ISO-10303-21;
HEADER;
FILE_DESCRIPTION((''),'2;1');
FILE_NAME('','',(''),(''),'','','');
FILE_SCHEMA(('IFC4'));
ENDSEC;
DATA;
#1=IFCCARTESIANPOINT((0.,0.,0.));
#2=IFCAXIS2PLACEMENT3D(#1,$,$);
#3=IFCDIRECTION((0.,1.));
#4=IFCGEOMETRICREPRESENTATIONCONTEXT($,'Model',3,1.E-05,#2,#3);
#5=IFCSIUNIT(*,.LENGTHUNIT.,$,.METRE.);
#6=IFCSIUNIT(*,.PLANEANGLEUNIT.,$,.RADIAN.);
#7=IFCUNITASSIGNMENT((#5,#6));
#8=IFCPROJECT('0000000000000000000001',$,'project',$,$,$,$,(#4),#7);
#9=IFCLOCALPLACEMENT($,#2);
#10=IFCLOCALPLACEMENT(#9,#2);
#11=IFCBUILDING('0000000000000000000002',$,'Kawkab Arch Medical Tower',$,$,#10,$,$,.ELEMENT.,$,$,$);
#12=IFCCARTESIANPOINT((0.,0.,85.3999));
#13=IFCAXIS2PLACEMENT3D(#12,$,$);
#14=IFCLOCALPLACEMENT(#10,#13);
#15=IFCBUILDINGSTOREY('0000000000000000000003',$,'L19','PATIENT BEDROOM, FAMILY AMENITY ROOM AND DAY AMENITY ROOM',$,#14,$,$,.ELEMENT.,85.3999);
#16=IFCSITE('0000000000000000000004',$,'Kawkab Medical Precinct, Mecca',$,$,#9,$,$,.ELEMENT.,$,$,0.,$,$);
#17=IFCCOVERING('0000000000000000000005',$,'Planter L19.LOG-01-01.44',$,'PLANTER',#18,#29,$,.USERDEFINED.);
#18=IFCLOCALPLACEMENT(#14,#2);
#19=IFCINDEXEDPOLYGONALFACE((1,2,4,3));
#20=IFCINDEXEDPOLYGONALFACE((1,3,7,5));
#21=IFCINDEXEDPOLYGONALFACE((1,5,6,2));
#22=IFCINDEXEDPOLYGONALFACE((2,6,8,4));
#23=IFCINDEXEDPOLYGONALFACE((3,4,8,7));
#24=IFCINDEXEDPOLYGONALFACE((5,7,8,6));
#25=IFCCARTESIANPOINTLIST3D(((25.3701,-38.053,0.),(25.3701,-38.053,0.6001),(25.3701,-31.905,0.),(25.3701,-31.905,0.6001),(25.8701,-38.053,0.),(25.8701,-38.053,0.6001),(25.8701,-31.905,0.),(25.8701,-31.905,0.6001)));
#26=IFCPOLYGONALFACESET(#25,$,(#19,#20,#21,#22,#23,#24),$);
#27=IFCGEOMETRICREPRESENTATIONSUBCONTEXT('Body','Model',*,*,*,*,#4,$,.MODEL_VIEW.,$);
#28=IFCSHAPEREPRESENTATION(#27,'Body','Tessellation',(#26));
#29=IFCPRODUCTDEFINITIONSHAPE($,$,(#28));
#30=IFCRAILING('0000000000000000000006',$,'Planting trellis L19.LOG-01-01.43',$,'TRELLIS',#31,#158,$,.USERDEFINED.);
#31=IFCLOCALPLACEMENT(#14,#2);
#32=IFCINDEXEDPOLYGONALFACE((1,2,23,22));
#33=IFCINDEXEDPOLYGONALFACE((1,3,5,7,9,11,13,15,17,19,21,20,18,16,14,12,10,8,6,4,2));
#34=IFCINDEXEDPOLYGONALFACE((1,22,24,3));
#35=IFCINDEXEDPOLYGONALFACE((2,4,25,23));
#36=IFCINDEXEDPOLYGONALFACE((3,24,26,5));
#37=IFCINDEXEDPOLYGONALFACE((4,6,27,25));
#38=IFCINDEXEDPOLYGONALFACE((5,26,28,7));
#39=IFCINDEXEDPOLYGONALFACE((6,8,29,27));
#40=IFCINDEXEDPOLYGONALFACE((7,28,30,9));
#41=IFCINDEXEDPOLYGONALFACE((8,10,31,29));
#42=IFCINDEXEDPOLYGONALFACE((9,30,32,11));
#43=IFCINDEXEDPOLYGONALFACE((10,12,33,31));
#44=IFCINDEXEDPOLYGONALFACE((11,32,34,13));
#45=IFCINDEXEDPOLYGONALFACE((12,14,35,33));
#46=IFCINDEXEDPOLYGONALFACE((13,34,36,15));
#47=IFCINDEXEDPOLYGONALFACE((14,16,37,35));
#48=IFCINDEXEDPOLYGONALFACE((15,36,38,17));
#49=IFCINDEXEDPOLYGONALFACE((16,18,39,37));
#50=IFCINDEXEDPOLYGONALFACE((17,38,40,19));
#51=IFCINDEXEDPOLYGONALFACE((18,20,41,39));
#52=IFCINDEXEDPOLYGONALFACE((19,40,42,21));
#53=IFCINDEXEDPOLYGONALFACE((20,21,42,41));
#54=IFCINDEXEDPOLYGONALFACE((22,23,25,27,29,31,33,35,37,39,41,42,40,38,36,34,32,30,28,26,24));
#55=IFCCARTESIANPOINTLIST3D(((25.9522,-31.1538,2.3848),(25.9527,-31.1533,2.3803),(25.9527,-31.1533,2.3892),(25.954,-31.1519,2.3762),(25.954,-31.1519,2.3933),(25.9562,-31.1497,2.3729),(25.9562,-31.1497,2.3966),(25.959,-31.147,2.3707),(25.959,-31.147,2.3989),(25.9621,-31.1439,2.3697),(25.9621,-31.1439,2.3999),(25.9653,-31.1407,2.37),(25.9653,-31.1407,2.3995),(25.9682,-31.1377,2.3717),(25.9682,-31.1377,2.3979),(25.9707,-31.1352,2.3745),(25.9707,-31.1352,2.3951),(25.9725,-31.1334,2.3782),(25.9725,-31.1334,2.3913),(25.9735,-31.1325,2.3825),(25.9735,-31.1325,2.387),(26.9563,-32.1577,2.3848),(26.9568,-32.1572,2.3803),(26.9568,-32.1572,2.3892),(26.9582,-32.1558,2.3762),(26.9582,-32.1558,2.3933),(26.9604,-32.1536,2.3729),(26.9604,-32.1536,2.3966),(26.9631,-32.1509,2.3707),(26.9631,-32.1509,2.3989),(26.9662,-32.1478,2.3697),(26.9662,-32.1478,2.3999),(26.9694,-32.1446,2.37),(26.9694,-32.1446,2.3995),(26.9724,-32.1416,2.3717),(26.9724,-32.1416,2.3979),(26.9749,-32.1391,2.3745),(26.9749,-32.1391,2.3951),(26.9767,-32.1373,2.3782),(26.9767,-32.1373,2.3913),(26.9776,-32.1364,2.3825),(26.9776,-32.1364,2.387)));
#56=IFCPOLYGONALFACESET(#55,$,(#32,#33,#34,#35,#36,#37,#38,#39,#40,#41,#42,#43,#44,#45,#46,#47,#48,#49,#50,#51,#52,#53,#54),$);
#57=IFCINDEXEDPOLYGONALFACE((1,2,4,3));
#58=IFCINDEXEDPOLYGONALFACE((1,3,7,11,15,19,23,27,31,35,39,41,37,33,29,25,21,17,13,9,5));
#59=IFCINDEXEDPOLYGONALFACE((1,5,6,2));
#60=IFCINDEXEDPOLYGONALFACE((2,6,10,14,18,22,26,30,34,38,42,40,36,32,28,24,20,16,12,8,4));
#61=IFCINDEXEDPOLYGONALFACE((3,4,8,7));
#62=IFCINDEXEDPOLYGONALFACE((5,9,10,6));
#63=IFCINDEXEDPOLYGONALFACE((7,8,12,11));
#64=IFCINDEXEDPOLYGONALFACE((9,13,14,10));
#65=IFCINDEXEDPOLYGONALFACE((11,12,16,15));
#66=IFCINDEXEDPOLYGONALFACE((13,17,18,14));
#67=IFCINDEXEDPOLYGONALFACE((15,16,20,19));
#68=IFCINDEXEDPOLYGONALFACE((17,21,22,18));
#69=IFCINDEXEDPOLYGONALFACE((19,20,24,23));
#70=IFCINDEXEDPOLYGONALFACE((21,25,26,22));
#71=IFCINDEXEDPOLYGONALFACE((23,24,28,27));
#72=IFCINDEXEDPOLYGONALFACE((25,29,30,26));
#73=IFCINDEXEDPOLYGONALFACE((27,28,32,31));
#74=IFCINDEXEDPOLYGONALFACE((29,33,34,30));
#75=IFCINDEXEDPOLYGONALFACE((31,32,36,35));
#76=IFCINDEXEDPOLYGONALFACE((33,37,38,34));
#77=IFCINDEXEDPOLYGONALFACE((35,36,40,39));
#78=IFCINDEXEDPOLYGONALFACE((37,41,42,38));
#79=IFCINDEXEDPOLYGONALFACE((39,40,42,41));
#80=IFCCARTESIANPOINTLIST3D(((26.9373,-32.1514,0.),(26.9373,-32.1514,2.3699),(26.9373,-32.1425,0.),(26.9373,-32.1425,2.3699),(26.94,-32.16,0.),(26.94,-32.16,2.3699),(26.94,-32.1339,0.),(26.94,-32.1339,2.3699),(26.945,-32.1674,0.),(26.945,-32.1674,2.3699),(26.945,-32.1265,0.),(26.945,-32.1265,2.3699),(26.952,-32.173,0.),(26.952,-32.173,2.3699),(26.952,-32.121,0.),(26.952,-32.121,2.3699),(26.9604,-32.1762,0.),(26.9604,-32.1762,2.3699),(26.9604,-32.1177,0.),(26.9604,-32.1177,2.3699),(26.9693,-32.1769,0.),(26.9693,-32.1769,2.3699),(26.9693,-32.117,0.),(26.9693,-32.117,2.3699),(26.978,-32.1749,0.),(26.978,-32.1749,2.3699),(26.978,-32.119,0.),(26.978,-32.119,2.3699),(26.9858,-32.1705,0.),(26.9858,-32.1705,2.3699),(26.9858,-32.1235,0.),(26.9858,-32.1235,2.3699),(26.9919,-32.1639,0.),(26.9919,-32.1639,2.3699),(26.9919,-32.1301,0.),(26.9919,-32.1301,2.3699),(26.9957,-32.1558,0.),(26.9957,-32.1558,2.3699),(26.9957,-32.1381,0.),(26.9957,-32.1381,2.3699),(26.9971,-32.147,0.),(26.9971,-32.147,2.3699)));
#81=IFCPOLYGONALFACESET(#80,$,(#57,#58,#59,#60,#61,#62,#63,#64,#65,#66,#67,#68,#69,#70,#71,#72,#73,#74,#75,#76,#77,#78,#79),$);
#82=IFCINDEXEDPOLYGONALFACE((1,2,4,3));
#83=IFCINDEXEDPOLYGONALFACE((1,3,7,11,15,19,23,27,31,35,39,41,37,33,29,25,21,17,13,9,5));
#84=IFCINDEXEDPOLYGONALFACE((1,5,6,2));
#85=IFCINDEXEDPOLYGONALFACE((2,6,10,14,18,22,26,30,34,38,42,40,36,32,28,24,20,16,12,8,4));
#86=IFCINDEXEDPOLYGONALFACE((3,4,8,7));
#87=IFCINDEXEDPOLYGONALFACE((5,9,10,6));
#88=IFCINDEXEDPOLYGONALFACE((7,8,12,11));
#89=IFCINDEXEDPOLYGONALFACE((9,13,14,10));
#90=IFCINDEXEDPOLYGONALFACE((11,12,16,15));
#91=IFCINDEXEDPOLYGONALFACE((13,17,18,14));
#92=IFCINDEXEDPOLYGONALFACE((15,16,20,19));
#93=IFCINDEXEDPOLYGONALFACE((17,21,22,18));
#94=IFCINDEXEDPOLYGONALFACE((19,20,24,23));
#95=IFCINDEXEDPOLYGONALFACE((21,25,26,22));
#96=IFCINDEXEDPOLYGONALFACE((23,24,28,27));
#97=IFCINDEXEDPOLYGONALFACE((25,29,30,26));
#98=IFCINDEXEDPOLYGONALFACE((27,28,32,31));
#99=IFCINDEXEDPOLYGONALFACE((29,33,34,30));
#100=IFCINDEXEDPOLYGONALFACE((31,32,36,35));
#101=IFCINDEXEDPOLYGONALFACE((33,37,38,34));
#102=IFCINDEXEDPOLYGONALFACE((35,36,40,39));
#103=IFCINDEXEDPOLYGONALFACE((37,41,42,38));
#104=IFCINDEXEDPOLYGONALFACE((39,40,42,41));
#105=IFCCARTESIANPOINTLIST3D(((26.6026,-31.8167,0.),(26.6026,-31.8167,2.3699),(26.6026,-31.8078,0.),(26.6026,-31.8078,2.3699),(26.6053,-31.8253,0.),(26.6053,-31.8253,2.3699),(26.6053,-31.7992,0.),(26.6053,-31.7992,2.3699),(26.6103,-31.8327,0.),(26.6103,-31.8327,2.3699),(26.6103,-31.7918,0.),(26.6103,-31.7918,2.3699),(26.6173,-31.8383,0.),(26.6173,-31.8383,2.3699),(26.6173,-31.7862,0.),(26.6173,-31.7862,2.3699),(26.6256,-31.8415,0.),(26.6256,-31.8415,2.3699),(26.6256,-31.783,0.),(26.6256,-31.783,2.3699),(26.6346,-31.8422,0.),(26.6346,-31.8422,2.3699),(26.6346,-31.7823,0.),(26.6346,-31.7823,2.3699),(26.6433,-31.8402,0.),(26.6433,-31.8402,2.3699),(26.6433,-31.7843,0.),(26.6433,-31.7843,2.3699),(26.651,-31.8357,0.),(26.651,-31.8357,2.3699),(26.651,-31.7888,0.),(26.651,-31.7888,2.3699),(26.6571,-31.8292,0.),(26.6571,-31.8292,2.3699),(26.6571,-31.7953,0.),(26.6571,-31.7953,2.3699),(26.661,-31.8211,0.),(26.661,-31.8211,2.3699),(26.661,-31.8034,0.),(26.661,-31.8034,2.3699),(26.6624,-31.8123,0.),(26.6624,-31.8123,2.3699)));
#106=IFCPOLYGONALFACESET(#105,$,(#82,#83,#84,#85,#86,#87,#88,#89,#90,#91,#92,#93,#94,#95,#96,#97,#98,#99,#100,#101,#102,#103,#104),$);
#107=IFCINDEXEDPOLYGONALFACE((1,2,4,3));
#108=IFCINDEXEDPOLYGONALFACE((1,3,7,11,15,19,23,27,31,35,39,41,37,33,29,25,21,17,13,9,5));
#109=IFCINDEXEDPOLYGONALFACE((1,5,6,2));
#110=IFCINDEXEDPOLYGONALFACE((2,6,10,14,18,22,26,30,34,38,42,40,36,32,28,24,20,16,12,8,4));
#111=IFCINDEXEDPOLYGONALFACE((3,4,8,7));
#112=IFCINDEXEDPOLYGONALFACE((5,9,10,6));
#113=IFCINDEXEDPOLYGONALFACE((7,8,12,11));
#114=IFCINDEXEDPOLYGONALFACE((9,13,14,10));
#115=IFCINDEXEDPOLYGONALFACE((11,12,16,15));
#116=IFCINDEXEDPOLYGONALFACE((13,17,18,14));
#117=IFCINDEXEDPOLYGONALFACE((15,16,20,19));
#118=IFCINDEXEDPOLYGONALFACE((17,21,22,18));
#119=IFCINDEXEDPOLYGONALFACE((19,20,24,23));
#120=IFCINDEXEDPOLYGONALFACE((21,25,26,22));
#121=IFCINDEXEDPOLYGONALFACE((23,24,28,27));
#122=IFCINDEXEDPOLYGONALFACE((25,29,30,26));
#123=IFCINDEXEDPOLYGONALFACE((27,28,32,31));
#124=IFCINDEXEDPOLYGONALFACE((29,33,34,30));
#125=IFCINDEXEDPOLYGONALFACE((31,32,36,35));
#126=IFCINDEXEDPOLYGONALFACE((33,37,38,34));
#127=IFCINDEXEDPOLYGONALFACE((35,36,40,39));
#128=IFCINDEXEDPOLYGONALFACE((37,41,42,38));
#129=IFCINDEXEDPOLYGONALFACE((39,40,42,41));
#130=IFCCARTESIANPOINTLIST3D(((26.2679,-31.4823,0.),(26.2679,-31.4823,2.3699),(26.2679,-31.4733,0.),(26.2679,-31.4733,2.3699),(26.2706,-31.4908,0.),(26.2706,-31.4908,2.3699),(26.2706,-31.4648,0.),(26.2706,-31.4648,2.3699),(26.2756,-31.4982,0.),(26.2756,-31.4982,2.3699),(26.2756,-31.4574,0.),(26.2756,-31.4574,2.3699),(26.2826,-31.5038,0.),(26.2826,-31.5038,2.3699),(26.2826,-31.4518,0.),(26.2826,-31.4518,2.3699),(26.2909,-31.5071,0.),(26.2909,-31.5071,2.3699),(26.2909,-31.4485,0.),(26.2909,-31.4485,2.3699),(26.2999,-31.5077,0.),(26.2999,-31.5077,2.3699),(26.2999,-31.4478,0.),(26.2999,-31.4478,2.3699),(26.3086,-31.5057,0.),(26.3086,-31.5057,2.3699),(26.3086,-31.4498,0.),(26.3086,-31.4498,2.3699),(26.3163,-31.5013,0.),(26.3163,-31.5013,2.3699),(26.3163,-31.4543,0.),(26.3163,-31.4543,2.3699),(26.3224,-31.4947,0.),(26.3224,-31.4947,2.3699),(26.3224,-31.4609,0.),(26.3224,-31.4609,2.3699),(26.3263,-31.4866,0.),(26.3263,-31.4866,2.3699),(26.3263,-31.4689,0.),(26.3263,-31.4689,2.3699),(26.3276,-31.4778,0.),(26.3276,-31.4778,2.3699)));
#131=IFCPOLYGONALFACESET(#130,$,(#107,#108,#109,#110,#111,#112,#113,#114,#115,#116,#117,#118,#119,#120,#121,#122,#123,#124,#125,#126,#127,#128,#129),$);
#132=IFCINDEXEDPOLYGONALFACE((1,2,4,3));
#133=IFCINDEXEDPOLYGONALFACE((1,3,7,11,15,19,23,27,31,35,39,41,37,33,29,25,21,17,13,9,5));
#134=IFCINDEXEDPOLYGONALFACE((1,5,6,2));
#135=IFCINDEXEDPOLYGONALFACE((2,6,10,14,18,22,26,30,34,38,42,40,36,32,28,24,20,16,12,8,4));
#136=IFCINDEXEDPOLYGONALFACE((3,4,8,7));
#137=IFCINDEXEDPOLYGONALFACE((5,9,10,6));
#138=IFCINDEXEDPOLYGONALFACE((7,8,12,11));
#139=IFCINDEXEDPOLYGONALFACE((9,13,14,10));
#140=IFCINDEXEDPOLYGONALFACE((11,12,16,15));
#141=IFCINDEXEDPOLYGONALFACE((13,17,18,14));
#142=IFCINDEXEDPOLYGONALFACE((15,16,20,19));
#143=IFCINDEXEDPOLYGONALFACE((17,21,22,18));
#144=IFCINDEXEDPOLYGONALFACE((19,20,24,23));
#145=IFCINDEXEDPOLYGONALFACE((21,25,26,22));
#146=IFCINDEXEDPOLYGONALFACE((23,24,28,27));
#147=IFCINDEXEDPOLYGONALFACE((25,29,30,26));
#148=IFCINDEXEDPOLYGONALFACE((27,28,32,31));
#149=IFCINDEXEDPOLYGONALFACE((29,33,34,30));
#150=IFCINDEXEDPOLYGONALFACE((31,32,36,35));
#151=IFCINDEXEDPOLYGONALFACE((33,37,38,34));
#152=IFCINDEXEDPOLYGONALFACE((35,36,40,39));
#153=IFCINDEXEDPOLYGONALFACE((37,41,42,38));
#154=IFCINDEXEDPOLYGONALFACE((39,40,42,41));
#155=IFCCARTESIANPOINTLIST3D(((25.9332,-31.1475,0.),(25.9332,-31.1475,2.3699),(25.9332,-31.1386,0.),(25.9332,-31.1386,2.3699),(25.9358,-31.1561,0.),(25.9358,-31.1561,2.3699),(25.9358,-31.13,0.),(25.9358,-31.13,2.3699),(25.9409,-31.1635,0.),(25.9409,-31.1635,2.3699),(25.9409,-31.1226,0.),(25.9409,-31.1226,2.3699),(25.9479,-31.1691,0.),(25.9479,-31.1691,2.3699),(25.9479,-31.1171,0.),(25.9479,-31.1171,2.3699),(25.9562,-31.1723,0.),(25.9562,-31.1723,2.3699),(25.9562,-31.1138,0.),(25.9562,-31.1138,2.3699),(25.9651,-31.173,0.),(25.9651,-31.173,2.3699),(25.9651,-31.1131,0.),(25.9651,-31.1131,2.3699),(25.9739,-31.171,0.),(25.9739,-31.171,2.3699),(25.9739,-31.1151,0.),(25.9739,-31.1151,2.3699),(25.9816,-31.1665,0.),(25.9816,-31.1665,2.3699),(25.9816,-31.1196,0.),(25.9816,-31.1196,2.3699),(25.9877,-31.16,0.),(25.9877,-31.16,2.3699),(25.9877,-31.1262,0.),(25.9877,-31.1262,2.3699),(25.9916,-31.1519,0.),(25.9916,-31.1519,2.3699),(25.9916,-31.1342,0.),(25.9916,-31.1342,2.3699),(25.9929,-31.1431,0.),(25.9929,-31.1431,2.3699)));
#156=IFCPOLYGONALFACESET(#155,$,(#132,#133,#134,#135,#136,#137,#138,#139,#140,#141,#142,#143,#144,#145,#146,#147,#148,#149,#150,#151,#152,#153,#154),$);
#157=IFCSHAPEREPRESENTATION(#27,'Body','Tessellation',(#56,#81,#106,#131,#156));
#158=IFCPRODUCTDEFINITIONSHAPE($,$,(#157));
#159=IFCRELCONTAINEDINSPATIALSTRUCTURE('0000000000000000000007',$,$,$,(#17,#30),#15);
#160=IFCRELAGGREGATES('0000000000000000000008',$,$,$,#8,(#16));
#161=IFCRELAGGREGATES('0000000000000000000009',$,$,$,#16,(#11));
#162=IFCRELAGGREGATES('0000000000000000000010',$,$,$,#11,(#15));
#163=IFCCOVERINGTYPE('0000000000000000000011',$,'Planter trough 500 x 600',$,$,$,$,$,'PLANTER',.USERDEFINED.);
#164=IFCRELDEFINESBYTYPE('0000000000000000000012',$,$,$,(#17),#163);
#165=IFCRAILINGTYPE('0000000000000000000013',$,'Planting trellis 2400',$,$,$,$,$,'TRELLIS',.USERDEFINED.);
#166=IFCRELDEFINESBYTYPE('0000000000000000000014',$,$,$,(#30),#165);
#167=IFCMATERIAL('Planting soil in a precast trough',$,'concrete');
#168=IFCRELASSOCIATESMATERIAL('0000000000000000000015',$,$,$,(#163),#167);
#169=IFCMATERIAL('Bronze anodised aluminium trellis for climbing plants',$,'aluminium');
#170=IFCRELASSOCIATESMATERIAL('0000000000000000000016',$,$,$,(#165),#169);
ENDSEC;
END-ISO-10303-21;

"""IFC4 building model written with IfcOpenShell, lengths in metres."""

from ifc_helpers import new_model, si_unit, direction, frame, origin, origin_2d, place, context, subcontext, project, spatial, rectangle, circle, extrude, material, material_profile, profile_set, type_object, element, save


model = new_model("IFC4")

# Units and contexts
model_context = context("Model", 3, precision=1e-05, world=origin(), true_north=direction((0.0, 1.0)))
body_context = subcontext(model_context, "Body", "Model", "MODEL_VIEW")
ifc_project = project(units=[si_unit("LENGTHUNIT", "METRE"), si_unit("PLANEANGLEUNIT", "RADIAN")], contexts=[model_context])

# Site, building, storey
site_placement = place(None, origin())
site = spatial("IfcSite", under=ifc_project, at=site_placement, Name="Kawkab Medical Precinct, Mecca", CompositionType="ELEMENT", RefElevation=0.0)
building_placement = place(site_placement, origin())
building = spatial("IfcBuilding", under=site, at=building_placement, Name="Kawkab Arch Medical Tower", CompositionType="ELEMENT")
storey_placement = place(building_placement, frame((0.0, 0.0, 85.3999)))
storey = spatial("IfcBuildingStorey", under=building, at=storey_placement, Name="L19", Description="PATIENT BEDROOM, FAMILY AMENITY ROOM AND DAY AMENITY ROOM", CompositionType="ELEMENT", Elevation=85.3999)

# Covering
ifc_material_1 = material(Name="Planting soil in a precast trough", Category="concrete")
ifc_material_profile_1 = material_profile(ifc_material_1, rectangle(XDim=0.5, YDim=0.6001, at=origin_2d()), Name="Trough 500x600")
ifc_profile_set_1 = profile_set([ifc_material_profile_1], Name="Planting soil in a precast trough")
covering_type = type_object("IfcCoveringType", Name="Planter trough 500 x 600", ElementType="PLANTER", PredefinedType="USERDEFINED", material=ifc_profile_set_1)
covering_1_placement = place(storey_placement, frame((25.6201, -31.905, 0.3), z_axis=(0.0, -1.0, 0.0), x_axis=(1.0, 0.0, 0.0)))
element("IfcCovering", 1, at=covering_1_placement, inside=storey, type_object=covering_type, Name="Planter L19.LOG-01-01.44", ObjectType="PLANTER", PredefinedType="USERDEFINED", context=body_context, shape_type="SweptSolid", body=[
    extrude(rectangle(XDim=0.5, YDim=0.6001, at=origin_2d()), origin(), (0.0, 0.0, 1.0), 6.1479),
])

# Railing
ifc_material_2 = material(Name="Bronze anodised aluminium trellis for climbing plants", Category="aluminium")
railing_type = type_object("IfcRailingType", Name="Planting trellis 2400", ElementType="TRELLIS", PredefinedType="USERDEFINED", material=ifc_material_2)
railing_1_placement = place(storey_placement, frame((26.967, -32.147, 0.0)))
element("IfcRailing", 2, at=railing_1_placement, inside=storey, type_object=railing_type, Name="Planting trellis L19.LOG-01-01.43", ObjectType="TRELLIS", PredefinedType="USERDEFINED", context=body_context, shape_type="SweptSolid", body=[
    extrude(circle(Radius=0.0151, at=origin_2d()), frame((0.0, 0.0, 2.3848), z_axis=(-0.707193, 0.707021, 0.0), x_axis=(-0.707021, -0.707193, 0.0)), (0.0, 0.0, 1.0), 1.4199),
    extrude(circle(Radius=0.03, at=origin_2d()), origin(), (0.0, 0.0, 1.0), 2.3699),
    extrude(circle(Radius=0.03, at=origin_2d()), frame((-0.3347, 0.3347, 0.0)), (0.0, 0.0, 1.0), 2.3699),
    extrude(circle(Radius=0.03, at=origin_2d()), frame((-0.6694, 0.6692, 0.0)), (0.0, 0.0, 1.0), 2.3699),
    extrude(circle(Radius=0.03, at=origin_2d()), frame((-1.0042, 1.0039, 0.0)), (0.0, 0.0, 1.0), 2.3699),
])

save(model, "model.ifc")
